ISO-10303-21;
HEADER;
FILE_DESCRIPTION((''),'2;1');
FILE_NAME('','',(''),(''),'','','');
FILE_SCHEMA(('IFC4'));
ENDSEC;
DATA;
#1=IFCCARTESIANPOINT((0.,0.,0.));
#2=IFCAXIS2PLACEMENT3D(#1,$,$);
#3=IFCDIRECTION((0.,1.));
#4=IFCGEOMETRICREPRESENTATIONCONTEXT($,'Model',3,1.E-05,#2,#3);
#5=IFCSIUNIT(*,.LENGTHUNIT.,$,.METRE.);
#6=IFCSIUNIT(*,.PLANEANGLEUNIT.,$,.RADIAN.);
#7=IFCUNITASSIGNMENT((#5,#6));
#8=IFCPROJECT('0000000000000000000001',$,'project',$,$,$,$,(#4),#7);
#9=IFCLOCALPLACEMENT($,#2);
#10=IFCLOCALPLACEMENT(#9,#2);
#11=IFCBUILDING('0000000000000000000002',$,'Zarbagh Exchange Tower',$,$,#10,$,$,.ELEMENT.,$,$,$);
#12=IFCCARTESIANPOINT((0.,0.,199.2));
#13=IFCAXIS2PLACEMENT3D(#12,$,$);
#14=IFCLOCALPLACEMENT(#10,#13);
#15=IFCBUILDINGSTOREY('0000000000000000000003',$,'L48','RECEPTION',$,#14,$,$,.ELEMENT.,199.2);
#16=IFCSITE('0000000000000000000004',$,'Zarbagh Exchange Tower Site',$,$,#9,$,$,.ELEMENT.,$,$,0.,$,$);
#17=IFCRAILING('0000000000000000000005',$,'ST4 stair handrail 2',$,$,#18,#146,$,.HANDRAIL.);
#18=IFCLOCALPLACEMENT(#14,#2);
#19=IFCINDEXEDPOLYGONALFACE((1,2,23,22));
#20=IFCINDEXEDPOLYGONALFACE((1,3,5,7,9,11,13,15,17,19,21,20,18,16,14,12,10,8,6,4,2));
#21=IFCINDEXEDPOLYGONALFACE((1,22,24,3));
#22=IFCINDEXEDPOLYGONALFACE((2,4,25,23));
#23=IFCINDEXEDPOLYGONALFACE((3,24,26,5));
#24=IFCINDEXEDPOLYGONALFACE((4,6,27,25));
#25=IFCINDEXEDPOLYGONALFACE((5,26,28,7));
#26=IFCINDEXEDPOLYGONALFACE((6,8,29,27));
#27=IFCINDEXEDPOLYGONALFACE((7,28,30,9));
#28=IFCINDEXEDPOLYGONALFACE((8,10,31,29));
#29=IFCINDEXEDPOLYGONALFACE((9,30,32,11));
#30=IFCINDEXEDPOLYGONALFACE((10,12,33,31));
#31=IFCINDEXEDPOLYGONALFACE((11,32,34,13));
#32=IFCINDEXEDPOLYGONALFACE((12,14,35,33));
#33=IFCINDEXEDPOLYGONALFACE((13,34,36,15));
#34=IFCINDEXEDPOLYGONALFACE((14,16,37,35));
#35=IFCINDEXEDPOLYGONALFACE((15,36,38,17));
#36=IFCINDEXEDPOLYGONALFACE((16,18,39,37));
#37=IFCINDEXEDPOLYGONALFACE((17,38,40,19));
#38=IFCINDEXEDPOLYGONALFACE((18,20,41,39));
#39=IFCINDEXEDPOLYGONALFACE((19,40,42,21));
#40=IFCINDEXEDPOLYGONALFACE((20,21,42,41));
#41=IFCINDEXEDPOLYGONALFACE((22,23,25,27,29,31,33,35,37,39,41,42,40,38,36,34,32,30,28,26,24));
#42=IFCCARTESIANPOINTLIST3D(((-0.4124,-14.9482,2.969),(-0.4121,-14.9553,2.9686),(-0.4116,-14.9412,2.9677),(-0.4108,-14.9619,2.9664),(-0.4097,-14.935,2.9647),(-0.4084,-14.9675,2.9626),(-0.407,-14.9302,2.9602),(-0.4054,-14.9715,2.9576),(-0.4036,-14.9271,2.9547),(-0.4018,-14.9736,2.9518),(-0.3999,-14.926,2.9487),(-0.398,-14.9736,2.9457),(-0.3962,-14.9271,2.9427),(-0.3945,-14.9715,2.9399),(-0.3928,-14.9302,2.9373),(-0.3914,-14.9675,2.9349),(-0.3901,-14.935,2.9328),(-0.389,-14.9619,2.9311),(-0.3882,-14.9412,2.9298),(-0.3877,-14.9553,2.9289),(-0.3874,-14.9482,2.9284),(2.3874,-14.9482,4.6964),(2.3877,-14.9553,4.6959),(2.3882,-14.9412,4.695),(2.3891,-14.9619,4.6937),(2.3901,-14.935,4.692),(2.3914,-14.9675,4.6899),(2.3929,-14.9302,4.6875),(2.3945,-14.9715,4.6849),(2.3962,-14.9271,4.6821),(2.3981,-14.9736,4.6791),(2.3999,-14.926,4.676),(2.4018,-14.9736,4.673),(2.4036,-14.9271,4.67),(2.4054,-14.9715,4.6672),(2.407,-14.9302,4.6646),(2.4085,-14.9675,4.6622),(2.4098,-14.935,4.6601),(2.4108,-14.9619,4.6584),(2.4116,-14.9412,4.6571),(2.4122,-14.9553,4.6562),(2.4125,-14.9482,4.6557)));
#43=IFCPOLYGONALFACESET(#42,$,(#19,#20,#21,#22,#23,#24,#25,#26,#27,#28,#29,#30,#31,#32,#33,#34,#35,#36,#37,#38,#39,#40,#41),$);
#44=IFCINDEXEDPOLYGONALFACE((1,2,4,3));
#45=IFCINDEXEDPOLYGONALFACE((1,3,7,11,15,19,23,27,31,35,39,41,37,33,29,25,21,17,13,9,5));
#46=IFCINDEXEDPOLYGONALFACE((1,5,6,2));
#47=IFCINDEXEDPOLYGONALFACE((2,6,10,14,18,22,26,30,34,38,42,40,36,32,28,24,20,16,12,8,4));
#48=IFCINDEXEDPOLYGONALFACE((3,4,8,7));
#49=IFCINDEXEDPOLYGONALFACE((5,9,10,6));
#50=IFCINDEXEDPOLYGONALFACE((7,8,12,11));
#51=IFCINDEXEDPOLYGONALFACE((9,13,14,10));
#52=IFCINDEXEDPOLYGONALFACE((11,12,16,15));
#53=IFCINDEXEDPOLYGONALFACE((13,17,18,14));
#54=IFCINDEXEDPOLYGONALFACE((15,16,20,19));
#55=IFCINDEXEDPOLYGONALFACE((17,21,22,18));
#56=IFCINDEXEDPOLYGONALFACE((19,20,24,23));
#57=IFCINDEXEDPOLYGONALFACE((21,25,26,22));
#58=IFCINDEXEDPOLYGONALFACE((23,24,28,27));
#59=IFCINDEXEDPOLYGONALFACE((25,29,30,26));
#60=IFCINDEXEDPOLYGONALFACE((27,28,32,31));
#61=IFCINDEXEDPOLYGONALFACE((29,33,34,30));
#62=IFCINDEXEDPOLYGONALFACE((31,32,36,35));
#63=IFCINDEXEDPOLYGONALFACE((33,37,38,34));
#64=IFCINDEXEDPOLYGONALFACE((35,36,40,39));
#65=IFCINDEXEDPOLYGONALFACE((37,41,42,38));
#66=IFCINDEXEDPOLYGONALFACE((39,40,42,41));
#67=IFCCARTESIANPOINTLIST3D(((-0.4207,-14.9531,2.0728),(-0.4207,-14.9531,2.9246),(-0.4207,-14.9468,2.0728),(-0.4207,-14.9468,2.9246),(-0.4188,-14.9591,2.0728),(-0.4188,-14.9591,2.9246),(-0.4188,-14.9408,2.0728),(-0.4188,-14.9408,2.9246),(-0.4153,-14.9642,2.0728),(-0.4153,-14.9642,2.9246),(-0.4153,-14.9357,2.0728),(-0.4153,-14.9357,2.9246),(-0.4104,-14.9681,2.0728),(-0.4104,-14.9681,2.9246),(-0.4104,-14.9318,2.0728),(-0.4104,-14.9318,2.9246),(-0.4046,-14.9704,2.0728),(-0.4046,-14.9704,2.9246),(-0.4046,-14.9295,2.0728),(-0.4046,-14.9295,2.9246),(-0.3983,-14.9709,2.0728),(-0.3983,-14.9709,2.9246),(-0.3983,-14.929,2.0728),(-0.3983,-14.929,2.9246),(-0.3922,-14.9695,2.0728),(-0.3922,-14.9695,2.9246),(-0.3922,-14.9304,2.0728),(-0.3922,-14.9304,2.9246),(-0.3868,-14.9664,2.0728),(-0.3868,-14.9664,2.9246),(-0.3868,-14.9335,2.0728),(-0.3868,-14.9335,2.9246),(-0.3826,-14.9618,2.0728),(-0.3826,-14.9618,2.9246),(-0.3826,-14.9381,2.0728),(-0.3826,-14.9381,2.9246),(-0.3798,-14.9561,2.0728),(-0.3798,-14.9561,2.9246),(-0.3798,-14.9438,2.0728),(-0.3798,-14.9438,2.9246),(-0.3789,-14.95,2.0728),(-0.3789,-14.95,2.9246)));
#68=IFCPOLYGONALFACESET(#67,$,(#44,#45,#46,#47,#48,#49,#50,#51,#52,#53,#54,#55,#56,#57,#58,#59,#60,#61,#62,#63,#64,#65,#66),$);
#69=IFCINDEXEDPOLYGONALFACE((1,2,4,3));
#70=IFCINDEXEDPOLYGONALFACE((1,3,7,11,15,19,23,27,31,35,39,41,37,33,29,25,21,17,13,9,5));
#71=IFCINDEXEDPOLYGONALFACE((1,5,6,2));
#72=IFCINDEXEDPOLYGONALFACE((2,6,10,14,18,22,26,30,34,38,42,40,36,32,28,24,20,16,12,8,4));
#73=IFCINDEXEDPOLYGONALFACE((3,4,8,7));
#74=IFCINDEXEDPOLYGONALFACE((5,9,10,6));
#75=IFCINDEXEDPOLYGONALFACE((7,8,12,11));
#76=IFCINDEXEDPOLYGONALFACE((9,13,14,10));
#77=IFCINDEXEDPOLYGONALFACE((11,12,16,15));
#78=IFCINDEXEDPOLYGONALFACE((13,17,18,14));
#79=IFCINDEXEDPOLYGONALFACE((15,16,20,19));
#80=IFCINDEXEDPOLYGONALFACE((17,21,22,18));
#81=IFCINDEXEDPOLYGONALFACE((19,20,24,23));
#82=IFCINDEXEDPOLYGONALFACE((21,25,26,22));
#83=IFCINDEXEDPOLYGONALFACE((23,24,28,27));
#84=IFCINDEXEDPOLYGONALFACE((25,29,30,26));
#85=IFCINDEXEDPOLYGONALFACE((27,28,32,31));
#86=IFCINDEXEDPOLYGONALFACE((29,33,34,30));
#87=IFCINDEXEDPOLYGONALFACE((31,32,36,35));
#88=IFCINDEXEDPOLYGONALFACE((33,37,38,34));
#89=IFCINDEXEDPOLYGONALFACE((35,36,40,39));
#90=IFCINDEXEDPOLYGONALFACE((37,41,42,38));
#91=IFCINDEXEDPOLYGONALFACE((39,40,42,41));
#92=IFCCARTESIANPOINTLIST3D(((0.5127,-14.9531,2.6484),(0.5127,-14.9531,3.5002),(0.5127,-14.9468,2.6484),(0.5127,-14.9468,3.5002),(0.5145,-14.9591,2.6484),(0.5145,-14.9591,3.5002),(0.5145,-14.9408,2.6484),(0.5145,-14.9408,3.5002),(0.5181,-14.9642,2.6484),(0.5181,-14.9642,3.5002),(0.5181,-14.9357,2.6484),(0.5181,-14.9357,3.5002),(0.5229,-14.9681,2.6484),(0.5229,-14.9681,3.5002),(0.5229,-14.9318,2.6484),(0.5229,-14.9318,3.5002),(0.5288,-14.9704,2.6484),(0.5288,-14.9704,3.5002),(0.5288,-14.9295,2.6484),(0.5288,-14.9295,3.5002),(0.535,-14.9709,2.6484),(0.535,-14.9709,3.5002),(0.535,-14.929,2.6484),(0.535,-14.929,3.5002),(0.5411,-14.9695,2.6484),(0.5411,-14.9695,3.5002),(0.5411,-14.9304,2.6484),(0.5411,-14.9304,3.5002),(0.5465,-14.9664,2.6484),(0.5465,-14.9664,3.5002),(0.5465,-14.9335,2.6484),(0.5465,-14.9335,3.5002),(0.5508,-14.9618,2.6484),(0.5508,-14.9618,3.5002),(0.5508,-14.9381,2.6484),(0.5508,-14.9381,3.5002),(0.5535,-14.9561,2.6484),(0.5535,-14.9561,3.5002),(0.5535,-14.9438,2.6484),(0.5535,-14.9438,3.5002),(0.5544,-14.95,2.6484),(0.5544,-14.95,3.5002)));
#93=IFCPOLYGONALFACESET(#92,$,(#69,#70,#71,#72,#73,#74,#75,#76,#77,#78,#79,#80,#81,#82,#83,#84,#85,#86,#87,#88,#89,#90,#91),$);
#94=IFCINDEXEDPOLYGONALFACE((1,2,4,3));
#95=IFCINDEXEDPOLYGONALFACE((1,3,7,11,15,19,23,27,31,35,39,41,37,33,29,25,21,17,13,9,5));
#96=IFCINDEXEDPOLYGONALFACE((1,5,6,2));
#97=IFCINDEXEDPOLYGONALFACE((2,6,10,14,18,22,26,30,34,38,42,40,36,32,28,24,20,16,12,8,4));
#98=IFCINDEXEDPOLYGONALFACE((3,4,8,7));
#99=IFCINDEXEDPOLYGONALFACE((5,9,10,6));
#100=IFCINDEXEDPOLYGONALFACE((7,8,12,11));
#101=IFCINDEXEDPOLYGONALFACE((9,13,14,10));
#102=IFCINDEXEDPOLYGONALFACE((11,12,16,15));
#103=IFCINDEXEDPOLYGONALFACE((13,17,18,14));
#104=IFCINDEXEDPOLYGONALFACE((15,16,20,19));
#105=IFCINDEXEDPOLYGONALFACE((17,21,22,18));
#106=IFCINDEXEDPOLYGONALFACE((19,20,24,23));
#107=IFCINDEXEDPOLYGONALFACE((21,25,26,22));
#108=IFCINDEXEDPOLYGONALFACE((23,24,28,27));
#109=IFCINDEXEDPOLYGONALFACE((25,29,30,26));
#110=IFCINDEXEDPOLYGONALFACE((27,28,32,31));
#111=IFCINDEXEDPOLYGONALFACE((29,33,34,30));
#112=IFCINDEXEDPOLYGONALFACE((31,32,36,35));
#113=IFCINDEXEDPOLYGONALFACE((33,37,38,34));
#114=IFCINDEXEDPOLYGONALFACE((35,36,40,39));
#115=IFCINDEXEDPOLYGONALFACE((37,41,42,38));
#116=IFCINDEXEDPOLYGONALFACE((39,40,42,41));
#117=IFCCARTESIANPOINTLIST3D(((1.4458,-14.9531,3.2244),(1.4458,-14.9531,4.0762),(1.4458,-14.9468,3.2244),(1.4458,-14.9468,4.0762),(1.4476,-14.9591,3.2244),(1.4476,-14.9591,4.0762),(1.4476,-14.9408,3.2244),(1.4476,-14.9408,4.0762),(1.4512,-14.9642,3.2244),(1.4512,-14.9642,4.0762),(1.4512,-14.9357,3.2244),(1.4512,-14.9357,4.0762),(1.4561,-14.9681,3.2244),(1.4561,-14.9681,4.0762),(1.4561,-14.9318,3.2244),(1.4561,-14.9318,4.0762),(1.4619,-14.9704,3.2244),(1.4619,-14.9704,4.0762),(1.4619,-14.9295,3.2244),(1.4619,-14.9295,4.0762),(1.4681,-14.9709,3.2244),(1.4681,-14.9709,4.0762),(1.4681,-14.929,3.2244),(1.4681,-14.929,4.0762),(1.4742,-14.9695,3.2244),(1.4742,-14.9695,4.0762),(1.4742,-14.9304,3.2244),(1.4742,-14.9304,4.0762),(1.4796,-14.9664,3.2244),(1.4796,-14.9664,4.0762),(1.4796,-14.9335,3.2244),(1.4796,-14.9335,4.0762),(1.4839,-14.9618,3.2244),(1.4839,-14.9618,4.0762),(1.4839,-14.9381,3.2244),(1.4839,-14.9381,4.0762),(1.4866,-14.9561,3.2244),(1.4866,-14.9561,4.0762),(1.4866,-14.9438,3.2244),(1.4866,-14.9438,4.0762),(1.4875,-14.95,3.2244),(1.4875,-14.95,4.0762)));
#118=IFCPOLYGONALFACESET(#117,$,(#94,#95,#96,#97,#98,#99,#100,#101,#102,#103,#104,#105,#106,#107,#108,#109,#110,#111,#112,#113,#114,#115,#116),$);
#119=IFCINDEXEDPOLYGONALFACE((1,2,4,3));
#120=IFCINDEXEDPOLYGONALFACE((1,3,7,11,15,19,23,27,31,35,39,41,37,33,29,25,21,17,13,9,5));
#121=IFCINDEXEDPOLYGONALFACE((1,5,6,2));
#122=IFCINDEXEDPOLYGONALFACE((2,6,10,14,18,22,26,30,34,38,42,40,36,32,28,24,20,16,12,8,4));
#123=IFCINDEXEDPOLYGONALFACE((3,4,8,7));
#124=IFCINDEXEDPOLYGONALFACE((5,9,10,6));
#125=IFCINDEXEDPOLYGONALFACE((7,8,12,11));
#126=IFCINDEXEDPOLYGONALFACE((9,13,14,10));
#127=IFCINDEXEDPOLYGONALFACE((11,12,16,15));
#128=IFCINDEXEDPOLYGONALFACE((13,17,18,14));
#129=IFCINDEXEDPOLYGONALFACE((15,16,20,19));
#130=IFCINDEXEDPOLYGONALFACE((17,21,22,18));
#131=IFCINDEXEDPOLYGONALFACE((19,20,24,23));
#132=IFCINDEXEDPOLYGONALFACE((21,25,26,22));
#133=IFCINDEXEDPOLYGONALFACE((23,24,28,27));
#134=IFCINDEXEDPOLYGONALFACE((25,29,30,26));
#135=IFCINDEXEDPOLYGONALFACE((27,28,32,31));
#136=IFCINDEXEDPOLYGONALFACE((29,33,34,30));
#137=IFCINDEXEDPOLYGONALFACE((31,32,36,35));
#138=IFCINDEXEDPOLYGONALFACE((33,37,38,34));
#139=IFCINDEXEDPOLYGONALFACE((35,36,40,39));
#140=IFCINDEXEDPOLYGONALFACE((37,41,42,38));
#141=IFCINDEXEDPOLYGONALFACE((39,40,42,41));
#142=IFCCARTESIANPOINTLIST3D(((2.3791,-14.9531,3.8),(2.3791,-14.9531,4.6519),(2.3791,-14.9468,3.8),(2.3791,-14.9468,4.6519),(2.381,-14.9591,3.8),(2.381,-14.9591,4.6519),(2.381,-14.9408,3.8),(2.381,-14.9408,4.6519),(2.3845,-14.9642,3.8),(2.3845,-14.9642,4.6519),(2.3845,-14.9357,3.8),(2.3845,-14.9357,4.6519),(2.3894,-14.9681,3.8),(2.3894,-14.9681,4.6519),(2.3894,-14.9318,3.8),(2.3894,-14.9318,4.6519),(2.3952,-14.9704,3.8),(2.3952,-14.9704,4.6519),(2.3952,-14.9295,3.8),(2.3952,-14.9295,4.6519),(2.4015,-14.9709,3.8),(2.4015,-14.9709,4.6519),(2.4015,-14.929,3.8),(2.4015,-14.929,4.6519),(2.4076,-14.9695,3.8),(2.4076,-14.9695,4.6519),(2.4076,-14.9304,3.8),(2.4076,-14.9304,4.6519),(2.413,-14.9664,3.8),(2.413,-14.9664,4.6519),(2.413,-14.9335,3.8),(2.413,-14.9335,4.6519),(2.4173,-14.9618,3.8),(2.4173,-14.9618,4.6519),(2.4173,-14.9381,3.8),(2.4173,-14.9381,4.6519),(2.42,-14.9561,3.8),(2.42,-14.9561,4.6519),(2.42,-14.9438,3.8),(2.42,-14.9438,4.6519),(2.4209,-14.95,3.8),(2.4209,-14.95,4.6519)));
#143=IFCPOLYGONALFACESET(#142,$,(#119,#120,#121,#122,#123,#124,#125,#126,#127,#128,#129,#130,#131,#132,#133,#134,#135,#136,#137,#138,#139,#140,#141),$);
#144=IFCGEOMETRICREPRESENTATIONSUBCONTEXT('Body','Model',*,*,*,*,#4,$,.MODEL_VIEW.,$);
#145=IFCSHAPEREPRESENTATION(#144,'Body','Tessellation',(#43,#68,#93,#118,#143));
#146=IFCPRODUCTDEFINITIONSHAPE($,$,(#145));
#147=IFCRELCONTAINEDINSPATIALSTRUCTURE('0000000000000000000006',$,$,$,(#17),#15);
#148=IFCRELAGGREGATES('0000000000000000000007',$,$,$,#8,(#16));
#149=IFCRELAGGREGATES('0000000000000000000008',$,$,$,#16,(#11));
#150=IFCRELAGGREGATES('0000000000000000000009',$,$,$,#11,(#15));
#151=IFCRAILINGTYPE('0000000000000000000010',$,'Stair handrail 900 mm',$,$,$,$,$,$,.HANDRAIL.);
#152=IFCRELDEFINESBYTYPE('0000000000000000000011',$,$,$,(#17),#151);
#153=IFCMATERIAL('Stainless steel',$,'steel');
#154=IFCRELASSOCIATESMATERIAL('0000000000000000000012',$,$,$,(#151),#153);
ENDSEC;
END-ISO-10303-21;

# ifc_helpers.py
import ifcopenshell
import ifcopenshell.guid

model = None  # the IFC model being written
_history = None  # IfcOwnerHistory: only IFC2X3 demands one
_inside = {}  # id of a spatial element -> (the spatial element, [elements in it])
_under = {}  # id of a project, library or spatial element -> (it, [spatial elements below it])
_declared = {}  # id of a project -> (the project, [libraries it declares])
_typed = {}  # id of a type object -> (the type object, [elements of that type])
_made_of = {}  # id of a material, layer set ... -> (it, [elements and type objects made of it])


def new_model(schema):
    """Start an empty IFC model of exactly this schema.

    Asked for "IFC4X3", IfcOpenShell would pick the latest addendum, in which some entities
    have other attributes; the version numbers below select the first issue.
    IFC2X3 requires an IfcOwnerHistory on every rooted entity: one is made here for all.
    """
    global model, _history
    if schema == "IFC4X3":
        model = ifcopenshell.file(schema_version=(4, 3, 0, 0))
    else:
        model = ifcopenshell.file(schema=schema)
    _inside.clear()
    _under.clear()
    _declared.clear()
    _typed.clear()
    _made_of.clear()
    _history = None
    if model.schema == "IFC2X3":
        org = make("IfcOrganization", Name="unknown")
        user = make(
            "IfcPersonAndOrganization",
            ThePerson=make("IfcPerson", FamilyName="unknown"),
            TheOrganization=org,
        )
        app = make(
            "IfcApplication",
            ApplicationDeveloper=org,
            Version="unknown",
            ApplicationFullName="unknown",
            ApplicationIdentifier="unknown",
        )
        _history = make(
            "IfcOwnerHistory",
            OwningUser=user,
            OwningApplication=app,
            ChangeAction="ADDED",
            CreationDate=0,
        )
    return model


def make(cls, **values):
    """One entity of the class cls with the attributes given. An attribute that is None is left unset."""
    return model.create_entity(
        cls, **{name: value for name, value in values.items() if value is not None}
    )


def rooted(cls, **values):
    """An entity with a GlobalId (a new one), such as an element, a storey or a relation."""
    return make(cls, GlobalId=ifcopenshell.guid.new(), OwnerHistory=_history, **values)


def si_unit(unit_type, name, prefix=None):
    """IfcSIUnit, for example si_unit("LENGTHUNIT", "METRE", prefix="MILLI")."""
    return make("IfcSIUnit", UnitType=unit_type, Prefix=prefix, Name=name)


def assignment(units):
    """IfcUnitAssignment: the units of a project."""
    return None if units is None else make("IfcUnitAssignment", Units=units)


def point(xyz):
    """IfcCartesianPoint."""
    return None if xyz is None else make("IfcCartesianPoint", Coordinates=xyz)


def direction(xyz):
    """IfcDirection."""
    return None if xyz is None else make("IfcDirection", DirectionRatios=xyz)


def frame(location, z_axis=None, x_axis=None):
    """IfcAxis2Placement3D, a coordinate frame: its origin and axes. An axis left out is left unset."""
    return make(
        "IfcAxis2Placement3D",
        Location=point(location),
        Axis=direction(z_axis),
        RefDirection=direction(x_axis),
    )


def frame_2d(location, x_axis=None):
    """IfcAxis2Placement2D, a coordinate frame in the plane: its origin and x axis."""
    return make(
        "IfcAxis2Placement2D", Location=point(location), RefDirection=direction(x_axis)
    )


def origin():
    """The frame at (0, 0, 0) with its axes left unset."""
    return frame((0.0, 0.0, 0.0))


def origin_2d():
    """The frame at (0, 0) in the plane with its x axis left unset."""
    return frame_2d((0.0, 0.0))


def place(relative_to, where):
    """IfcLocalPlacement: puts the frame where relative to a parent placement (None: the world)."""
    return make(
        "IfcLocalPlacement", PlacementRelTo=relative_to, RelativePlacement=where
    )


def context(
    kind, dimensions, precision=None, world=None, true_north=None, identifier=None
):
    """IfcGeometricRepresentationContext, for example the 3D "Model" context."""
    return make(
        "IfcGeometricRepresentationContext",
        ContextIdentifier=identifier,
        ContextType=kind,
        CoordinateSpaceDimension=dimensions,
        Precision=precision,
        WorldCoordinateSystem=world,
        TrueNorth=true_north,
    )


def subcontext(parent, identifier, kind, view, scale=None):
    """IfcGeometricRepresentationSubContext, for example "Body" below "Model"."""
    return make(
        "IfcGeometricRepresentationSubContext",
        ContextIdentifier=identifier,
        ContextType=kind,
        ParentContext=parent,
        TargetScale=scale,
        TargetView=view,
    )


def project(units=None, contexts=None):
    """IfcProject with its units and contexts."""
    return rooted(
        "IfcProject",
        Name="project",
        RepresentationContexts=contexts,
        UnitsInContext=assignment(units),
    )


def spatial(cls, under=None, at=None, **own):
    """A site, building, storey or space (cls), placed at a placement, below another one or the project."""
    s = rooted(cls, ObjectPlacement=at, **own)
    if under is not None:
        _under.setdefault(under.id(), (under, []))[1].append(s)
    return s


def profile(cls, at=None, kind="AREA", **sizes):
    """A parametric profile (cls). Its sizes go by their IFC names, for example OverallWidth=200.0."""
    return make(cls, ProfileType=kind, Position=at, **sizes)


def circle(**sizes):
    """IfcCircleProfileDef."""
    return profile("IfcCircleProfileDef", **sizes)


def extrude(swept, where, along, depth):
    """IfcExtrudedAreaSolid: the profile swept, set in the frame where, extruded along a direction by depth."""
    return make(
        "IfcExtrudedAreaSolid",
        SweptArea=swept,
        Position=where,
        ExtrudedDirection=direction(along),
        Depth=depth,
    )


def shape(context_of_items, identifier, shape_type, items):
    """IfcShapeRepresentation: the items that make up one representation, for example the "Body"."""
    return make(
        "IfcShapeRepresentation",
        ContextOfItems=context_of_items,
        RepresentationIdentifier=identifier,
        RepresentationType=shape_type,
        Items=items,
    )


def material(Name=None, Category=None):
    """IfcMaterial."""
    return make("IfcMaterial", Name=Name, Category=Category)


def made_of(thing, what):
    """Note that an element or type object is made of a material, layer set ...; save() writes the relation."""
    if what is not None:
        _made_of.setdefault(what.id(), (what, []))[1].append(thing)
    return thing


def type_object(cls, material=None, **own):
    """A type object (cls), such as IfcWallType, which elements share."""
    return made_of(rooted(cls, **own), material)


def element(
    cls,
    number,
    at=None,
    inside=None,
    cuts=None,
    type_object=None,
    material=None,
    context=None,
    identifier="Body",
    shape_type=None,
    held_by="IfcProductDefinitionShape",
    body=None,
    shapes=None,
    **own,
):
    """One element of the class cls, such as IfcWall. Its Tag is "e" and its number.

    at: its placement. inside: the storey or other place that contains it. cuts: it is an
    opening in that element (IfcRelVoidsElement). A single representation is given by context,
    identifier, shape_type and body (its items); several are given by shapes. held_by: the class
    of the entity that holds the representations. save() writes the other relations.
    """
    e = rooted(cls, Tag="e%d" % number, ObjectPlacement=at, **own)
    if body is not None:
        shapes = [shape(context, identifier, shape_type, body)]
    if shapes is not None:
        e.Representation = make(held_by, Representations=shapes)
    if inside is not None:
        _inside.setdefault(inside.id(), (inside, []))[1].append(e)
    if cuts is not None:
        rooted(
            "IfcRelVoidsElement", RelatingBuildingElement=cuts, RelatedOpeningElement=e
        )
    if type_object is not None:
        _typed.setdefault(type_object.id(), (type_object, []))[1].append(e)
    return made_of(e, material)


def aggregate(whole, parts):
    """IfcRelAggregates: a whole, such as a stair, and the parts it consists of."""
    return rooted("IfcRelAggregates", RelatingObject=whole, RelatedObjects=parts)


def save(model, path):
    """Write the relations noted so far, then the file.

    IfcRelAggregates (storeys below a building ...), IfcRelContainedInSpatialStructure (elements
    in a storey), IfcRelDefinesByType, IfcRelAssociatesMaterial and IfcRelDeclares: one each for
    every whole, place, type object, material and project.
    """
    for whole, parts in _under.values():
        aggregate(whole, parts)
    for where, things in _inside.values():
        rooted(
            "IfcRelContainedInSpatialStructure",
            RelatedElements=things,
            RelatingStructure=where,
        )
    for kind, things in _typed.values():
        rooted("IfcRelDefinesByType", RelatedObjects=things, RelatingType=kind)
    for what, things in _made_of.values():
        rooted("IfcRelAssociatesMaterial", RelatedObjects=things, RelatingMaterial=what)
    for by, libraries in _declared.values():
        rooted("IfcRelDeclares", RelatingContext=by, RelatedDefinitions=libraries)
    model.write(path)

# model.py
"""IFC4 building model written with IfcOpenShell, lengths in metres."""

from ifc_helpers import new_model, si_unit, direction, frame, origin, origin_2d, place, context, subcontext, project, spatial, circle, extrude, material, type_object, element, save


model = new_model("IFC4")

# Units and contexts
model_context = context("Model", 3, precision=1e-05, world=origin(), true_north=direction((0.0, 1.0)))
body_context = subcontext(model_context, "Body", "Model", "MODEL_VIEW")
ifc_project = project(units=[si_unit("LENGTHUNIT", "METRE"), si_unit("PLANEANGLEUNIT", "RADIAN")], contexts=[model_context])

# Site, building, storey
site_placement = place(None, origin())
site = spatial("IfcSite", under=ifc_project, at=site_placement, Name="Zarbagh Exchange Tower Site", CompositionType="ELEMENT", RefElevation=0.0)
building_placement = place(site_placement, origin())
building = spatial("IfcBuilding", under=site, at=building_placement, Name="Zarbagh Exchange Tower", CompositionType="ELEMENT")
storey_placement = place(building_placement, frame((0.0, 0.0, 199.2)))
storey = spatial("IfcBuildingStorey", under=building, at=storey_placement, Name="L48", Description="RECEPTION", CompositionType="ELEMENT", Elevation=199.2)

# Shared definitions
ifc_material_1 = material(Name="Stainless steel", Category="steel")

# Railing
railing_type_1 = type_object("IfcRailingType", Name="Stair handrail 900 mm", PredefinedType="HANDRAIL", material=ifc_material_1)
railing_1_placement = place(storey_placement, frame((-0.3999, -14.95, 2.0728)))
element("IfcRailing", 1, at=railing_1_placement, inside=storey, type_object=railing_type_1, Name="ST4 stair handrail 2", PredefinedType="HANDRAIL", context=body_context, shape_type="SweptSolid", body=[
    extrude(circle(Radius=0.0239, at=origin_2d()), frame((0.0, 0.0, 0.876), z_axis=(0.851069, 0.0, 0.525054), x_axis=(0.0, 1.0, 0.0)), (0.0, 0.0, 1.0), 3.2898),
    extrude(circle(Radius=0.021, at=origin_2d()), origin(), (0.0, 0.0, 1.0), 0.8518),
    extrude(circle(Radius=0.021, at=origin_2d()), frame((0.9333, 0.0, 0.5757)), (0.0, 0.0, 1.0), 0.8518),
    extrude(circle(Radius=0.021, at=origin_2d()), frame((1.8665, 0.0, 1.1516)), (0.0, 0.0, 1.0), 0.8518),
    extrude(circle(Radius=0.021, at=origin_2d()), frame((2.7998, 0.0, 1.7273)), (0.0, 0.0, 1.0), 0.8518),
])

save(model, "model.ifc")
